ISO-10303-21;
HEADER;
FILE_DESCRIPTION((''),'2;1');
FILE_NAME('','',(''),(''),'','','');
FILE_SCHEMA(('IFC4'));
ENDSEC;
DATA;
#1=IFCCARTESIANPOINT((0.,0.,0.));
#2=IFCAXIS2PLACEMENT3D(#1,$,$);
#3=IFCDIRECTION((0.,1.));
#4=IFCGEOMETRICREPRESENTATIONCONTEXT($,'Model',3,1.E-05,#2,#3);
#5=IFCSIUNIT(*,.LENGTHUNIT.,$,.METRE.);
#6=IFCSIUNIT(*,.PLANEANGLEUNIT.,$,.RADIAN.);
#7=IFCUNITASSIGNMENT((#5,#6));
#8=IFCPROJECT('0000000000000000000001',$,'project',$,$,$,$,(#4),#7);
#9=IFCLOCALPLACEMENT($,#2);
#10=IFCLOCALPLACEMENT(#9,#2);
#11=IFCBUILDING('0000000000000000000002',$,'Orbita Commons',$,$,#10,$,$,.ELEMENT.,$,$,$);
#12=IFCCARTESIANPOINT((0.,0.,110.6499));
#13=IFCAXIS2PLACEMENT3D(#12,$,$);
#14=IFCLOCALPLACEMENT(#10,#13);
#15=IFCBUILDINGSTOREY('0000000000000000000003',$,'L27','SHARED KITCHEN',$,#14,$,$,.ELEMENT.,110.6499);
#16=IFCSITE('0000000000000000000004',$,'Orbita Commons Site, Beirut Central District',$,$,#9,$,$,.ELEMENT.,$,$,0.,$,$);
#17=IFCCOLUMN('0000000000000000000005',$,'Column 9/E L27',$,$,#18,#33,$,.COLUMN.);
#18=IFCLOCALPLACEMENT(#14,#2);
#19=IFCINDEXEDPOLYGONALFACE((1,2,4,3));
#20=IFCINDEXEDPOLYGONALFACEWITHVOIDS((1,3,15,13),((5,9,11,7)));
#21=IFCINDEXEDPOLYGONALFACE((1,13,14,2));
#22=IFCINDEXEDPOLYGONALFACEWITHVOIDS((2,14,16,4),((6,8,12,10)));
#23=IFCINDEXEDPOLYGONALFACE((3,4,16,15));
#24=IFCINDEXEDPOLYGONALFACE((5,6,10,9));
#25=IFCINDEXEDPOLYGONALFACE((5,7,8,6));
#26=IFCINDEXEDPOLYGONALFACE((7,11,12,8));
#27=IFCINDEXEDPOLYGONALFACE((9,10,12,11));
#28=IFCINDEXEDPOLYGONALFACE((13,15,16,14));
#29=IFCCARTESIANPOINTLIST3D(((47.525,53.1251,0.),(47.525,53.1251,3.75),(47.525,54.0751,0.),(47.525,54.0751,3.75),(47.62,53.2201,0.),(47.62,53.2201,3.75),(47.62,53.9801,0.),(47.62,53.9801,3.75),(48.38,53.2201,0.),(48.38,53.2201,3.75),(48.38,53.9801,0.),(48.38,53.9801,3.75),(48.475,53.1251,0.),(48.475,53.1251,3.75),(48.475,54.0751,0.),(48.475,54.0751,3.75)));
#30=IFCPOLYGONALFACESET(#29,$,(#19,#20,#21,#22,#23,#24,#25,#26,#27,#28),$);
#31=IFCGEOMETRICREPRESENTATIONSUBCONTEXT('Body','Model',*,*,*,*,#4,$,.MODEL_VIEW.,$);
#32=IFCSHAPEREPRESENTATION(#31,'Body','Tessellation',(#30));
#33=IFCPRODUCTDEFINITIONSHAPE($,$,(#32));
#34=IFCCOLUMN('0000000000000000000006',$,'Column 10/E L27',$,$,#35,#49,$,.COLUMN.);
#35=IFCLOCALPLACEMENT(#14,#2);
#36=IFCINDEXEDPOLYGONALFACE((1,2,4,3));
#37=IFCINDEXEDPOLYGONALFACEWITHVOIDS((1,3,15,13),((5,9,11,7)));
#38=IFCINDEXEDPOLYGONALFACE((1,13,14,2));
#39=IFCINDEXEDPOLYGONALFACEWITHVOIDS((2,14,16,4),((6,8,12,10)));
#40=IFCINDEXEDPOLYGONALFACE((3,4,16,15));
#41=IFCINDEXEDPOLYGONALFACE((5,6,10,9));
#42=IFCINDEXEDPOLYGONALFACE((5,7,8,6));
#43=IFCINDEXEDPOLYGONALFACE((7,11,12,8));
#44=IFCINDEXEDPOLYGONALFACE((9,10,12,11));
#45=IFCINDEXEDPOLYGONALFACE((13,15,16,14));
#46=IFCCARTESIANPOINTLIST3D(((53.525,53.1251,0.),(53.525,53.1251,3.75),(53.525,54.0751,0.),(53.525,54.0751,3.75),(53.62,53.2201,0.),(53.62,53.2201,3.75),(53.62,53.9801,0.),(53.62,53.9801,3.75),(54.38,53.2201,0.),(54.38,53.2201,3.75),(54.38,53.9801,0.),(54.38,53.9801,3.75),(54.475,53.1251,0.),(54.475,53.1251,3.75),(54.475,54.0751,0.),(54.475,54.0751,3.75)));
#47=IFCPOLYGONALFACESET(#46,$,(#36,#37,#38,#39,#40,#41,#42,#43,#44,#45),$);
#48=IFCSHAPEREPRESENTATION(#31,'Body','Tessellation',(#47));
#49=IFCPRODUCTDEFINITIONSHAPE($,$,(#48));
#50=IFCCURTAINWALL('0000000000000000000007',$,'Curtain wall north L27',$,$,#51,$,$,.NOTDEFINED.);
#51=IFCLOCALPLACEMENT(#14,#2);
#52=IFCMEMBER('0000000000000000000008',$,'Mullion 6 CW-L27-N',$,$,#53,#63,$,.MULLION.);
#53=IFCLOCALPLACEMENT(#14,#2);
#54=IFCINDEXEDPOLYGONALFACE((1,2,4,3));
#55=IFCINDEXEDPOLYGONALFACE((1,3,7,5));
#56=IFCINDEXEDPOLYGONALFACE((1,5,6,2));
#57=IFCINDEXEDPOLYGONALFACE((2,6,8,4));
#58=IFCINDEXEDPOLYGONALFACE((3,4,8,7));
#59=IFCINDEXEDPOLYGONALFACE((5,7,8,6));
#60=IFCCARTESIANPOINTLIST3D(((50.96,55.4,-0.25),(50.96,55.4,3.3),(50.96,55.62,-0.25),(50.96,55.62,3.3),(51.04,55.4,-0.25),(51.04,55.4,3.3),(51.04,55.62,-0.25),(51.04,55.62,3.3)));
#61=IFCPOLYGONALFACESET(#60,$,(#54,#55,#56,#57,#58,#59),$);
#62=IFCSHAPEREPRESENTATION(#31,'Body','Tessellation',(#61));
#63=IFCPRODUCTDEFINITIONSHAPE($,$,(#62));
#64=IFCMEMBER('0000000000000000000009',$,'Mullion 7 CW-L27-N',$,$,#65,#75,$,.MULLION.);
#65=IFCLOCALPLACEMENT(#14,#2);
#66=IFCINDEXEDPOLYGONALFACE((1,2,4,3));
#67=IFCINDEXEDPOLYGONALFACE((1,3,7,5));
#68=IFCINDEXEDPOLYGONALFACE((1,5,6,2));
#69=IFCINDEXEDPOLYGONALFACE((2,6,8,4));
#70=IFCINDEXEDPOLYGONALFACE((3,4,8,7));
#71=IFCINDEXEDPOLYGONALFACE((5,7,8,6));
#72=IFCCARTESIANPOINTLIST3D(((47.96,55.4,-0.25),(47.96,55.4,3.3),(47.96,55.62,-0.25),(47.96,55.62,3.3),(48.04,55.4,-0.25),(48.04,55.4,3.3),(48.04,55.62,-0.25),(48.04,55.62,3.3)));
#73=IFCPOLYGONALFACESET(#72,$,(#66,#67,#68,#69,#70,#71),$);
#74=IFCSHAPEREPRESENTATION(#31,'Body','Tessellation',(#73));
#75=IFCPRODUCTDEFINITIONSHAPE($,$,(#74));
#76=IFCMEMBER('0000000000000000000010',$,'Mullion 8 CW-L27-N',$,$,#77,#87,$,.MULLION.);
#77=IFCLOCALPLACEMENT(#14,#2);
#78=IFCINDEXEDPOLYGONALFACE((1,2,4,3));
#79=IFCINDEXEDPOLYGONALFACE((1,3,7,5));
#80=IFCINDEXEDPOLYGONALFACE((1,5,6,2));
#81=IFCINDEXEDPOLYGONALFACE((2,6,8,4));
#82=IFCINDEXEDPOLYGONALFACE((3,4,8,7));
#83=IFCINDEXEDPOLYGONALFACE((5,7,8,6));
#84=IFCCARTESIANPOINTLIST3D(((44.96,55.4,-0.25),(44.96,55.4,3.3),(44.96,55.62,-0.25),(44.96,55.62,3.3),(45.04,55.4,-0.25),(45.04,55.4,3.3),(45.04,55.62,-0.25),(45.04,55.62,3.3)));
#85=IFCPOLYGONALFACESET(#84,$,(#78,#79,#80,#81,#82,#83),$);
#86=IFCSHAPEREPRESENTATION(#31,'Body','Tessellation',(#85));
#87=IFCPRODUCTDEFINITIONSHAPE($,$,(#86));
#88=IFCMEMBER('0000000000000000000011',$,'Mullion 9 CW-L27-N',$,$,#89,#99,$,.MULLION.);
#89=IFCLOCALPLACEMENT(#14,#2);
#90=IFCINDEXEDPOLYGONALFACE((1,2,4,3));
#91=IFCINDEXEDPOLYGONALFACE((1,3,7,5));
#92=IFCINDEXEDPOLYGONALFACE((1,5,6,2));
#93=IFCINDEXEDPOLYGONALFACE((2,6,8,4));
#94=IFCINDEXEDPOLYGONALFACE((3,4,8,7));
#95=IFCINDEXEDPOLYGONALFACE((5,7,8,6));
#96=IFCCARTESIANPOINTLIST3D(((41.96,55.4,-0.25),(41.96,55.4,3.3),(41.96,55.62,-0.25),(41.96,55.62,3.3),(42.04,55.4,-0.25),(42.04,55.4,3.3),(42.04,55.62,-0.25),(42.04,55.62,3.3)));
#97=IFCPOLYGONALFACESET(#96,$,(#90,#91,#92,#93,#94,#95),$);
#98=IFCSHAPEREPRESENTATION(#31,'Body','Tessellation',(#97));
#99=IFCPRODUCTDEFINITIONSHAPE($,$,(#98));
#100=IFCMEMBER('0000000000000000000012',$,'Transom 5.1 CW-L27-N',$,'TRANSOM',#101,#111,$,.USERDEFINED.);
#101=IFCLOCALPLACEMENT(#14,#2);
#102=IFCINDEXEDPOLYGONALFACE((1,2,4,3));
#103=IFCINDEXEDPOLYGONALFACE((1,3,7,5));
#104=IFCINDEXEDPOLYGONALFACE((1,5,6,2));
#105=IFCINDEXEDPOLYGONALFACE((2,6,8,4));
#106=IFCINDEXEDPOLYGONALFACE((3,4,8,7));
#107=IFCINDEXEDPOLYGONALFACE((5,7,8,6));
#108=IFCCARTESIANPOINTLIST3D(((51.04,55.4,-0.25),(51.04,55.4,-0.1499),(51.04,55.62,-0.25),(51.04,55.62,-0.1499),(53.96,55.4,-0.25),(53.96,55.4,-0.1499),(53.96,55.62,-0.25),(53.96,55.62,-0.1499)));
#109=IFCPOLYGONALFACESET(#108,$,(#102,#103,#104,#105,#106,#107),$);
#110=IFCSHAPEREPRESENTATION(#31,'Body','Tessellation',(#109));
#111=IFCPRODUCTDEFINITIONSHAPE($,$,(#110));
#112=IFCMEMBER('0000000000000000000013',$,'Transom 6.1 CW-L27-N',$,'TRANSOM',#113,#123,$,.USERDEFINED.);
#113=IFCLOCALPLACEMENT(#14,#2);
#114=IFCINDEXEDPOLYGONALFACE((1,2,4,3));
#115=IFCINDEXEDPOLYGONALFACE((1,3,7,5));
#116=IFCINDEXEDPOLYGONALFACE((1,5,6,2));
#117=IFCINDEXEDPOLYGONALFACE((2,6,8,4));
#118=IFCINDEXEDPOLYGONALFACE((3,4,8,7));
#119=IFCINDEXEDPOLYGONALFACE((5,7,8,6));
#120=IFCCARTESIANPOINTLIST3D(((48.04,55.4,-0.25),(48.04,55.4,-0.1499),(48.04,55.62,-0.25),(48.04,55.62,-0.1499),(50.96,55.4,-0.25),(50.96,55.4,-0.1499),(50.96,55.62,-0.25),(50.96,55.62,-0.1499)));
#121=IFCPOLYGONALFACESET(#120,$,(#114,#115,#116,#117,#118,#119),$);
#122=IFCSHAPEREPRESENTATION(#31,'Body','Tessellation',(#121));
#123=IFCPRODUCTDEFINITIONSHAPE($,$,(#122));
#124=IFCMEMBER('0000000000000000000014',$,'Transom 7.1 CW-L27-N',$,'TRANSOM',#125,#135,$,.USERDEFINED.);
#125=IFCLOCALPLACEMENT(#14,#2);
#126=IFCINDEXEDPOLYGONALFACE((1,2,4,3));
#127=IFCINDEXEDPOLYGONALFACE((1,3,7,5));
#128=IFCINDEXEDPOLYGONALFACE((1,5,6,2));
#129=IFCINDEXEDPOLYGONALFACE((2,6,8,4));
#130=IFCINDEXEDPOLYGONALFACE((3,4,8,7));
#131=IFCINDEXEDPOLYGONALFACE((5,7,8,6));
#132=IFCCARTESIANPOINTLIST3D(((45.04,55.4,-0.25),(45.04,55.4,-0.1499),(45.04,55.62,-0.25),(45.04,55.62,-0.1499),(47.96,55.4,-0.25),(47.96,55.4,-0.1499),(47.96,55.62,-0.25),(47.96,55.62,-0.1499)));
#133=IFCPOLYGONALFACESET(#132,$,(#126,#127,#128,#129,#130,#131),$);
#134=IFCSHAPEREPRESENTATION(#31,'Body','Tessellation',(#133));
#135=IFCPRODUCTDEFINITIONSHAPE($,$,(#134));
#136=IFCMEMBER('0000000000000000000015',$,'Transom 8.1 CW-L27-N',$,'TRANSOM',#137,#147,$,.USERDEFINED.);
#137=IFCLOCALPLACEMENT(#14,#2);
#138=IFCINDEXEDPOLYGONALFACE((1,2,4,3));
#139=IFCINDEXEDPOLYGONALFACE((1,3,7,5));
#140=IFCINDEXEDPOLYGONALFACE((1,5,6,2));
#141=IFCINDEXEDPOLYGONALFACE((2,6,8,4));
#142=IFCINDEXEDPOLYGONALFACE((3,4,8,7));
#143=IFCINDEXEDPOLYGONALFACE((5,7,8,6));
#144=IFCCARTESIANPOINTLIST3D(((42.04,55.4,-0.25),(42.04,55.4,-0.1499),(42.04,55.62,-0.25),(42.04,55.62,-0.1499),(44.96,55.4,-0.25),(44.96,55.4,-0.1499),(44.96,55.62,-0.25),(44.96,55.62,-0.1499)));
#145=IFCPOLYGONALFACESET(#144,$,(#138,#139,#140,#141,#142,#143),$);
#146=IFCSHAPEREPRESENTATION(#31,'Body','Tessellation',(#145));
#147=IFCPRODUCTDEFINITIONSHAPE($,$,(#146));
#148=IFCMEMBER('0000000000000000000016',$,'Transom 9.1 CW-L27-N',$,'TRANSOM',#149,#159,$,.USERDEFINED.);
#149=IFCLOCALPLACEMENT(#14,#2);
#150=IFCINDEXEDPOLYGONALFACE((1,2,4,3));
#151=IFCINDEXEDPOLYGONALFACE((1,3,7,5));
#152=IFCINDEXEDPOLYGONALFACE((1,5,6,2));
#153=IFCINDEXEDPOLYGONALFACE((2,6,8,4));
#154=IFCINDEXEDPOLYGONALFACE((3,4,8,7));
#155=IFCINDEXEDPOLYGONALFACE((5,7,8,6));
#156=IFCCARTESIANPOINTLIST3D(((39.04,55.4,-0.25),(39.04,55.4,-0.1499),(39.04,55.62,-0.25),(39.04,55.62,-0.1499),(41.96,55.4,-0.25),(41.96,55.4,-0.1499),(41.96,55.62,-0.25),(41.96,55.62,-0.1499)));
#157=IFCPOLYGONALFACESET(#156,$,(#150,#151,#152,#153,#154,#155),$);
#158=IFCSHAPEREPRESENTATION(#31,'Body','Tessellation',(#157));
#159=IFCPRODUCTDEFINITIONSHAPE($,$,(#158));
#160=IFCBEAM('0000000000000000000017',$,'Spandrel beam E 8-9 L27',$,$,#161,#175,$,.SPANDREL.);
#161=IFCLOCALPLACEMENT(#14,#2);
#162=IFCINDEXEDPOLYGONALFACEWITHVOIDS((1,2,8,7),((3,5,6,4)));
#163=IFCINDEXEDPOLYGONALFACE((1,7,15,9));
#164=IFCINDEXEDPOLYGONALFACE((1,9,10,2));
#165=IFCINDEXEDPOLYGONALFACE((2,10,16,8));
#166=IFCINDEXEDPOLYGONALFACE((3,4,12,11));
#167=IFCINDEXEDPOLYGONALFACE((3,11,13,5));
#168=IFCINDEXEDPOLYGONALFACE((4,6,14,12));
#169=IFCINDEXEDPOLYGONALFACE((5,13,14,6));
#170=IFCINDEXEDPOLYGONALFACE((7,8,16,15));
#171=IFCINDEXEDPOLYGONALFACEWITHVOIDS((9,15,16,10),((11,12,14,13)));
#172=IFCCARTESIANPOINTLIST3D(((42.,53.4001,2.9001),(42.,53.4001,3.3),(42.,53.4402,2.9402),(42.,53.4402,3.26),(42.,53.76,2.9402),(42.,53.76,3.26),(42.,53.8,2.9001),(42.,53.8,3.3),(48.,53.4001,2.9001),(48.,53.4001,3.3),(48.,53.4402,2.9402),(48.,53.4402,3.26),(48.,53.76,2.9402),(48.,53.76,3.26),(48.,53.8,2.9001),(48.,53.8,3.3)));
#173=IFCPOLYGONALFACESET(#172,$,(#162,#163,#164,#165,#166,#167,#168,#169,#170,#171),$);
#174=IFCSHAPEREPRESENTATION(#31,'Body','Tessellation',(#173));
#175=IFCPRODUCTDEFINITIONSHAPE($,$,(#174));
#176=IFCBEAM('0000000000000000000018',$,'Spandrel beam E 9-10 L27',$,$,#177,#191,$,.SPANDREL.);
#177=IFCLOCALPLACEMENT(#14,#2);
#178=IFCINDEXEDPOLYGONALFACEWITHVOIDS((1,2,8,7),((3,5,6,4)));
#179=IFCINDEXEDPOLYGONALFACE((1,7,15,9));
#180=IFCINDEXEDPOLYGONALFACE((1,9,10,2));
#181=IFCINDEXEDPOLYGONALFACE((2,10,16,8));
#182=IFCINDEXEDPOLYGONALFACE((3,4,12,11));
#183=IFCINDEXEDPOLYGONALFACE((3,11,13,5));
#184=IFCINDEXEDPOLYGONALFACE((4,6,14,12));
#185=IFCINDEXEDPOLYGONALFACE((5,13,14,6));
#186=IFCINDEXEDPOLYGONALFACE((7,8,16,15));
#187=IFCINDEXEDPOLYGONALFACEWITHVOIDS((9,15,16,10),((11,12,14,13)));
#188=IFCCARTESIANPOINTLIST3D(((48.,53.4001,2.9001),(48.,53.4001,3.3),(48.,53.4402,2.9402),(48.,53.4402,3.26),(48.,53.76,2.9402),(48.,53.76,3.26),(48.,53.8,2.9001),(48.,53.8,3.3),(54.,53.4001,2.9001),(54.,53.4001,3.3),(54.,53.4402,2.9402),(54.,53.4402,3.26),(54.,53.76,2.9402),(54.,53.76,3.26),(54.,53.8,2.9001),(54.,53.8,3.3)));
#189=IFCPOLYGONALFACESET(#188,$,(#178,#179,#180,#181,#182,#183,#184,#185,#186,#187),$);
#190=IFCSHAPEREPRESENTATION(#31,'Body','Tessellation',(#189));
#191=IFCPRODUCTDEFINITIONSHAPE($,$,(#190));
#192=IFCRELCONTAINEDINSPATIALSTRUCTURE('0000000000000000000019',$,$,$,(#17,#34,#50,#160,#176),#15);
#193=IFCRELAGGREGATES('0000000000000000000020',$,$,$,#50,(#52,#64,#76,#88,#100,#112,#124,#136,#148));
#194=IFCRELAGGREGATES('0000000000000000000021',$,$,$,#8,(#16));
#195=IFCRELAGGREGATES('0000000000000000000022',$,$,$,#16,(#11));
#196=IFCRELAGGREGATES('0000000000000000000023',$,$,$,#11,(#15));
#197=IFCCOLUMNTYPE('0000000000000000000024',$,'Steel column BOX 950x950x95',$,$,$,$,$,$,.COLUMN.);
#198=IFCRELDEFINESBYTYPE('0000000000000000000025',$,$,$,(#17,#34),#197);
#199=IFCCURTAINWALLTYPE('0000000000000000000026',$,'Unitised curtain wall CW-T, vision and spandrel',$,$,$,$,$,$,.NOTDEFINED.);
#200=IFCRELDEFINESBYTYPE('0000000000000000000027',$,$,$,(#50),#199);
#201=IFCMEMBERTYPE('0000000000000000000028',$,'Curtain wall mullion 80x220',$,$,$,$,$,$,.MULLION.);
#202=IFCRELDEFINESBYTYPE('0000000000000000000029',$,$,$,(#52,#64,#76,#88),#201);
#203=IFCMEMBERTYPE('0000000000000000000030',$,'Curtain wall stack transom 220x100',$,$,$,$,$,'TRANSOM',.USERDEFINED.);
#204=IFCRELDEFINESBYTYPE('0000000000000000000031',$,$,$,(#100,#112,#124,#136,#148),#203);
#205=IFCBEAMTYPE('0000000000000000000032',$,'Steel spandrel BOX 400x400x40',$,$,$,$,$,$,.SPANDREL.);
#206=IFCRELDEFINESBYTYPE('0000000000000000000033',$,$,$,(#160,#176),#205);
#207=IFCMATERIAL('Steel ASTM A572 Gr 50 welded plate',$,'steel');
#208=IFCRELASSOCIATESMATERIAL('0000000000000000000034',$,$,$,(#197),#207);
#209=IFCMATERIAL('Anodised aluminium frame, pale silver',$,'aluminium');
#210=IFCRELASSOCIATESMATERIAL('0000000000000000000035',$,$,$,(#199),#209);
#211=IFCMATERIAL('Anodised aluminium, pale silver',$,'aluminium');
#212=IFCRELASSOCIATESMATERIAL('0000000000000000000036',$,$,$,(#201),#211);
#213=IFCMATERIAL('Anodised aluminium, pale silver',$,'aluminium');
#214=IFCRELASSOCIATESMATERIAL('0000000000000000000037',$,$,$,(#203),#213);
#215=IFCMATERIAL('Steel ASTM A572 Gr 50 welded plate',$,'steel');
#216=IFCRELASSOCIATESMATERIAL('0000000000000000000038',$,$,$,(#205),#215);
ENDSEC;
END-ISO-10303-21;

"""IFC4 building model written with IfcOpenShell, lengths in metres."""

from ifc_helpers import new_model, si_unit, direction, frame, origin, origin_2d, place, context, subcontext, project, spatial, rectangle, hollow_rectangle, extrude, material, material_profile, profile_set, type_object, element, aggregate, save


model = new_model("IFC4")

# Units and contexts
model_context = context("Model", 3, precision=1e-05, world=origin(), true_north=direction((0.0, 1.0)))
body_context = subcontext(model_context, "Body", "Model", "MODEL_VIEW")
ifc_project = project(units=[si_unit("LENGTHUNIT", "METRE"), si_unit("PLANEANGLEUNIT", "RADIAN")], contexts=[model_context])

# Site, building, storey
site_placement = place(None, origin())
site = spatial("IfcSite", under=ifc_project, at=site_placement, Name="Orbita Commons Site, Beirut Central District", CompositionType="ELEMENT", RefElevation=0.0)
building_placement = place(site_placement, origin())
building = spatial("IfcBuilding", under=site, at=building_placement, Name="Orbita Commons", CompositionType="ELEMENT")
storey_placement = place(building_placement, frame((0.0, 0.0, 110.6499)))
storey = spatial("IfcBuildingStorey", under=building, at=storey_placement, Name="L27", Description="SHARED KITCHEN", CompositionType="ELEMENT", Elevation=110.6499)

# Columns
ifc_material_1 = material(Name="Steel ASTM A572 Gr 50 welded plate", Category="steel")
ifc_material_profile_1 = material_profile(ifc_material_1, hollow_rectangle(XDim=0.95, YDim=0.95, WallThickness=0.095, at=origin_2d()), Name="BOX 950x950x95")
ifc_profile_set_1 = profile_set([ifc_material_profile_1], Name="Steel ASTM A572 Gr 50 welded plate")
column_type = type_object("IfcColumnType", Name="Steel column BOX 950x950x95", PredefinedType="COLUMN", material=ifc_profile_set_1)
for number, where, z_axis, x_axis, name in (
    (1, (48.0, 53.6001, 0.0), (0.0, 0.0, 1.0), (1.0, 0.0, 0.0), "Column 9/E L27"),
    (2, (54.0, 53.6001, 0.0), (0.0, 0.0, 1.0), (1.0, 0.0, 0.0), "Column 10/E L27"),
):
    element("IfcColumn", number, at=place(storey_placement, frame(where, z_axis=z_axis, x_axis=x_axis)), inside=storey, type_object=column_type, Name=name, PredefinedType="COLUMN", context=body_context, shape_type="SweptSolid", body=[
        extrude(hollow_rectangle(XDim=0.95, YDim=0.95, WallThickness=0.095, at=origin_2d()), origin(), (0.0, 0.0, 1.0), 3.75),
    ])

# Curtain wall, members
ifc_material_2 = material(Name="Anodised aluminium frame, pale silver", Category="aluminium")
curtain_wall_type = type_object("IfcCurtainWallType", Name="Unitised curtain wall CW-T, vision and spandrel", PredefinedType="NOTDEFINED", material=ifc_material_2)
curtain_wall_placement = place(storey_placement, origin())
curtain_wall = element("IfcCurtainWall", 3, at=curtain_wall_placement, inside=storey, type_object=curtain_wall_type, Name="Curtain wall north L27", PredefinedType="NOTDEFINED")
ifc_material_3 = material(Name="Anodised aluminium, pale silver", Category="aluminium")
ifc_material_profile_2 = material_profile(ifc_material_3, rectangle(XDim=0.0801, YDim=0.22, at=origin_2d()), Name="AL 80x220")
ifc_profile_set_2 = profile_set([ifc_material_profile_2], Name="Anodised aluminium, pale silver")
member_type_1 = type_object("IfcMemberType", Name="Curtain wall mullion 80x220", PredefinedType="MULLION", material=ifc_profile_set_2)
member_1_placement = place(storey_placement, frame((51.0, 55.51, -0.25), z_axis=(0.0, 0.0, 1.0), x_axis=(-1.0, 0.0, 0.0)))
member_1 = element("IfcMember", 4, at=member_1_placement, type_object=member_type_1, Name="Mullion 6 CW-L27-N", PredefinedType="MULLION", context=body_context, shape_type="SweptSolid", body=[
    extrude(rectangle(XDim=0.0801, YDim=0.22, at=origin_2d()), origin(), (0.0, 0.0, 1.0), 3.55),
])
member_2_placement = place(storey_placement, frame((48.0, 55.51, -0.25), z_axis=(0.0, 0.0, 1.0), x_axis=(-1.0, 0.0, 0.0)))
member_2 = element("IfcMember", 5, at=member_2_placement, type_object=member_type_1, Name="Mullion 7 CW-L27-N", PredefinedType="MULLION", context=body_context, shape_type="SweptSolid", body=[
    extrude(rectangle(XDim=0.0801, YDim=0.22, at=origin_2d()), origin(), (0.0, 0.0, 1.0), 3.55),
])
member_3_placement = place(storey_placement, frame((45.0, 55.51, -0.25), z_axis=(0.0, 0.0, 1.0), x_axis=(-1.0, 0.0, 0.0)))
member_3 = element("IfcMember", 6, at=member_3_placement, type_object=member_type_1, Name="Mullion 8 CW-L27-N", PredefinedType="MULLION", context=body_context, shape_type="SweptSolid", body=[
    extrude(rectangle(XDim=0.0801, YDim=0.22, at=origin_2d()), origin(), (0.0, 0.0, 1.0), 3.55),
])
member_4_placement = place(storey_placement, frame((42.0, 55.51, -0.25), z_axis=(0.0, 0.0, 1.0), x_axis=(-1.0, 0.0, 0.0)))
member_4 = element("IfcMember", 7, at=member_4_placement, type_object=member_type_1, Name="Mullion 9 CW-L27-N", PredefinedType="MULLION", context=body_context, shape_type="SweptSolid", body=[
    extrude(rectangle(XDim=0.0801, YDim=0.22, at=origin_2d()), origin(), (0.0, 0.0, 1.0), 3.55),
])
ifc_material_4 = material(Name="Anodised aluminium, pale silver", Category="aluminium")
ifc_material_profile_3 = material_profile(ifc_material_4, rectangle(XDim=0.22, YDim=0.1001, at=origin_2d()), Name="AL 220x100")
ifc_profile_set_3 = profile_set([ifc_material_profile_3], Name="Anodised aluminium, pale silver")
member_type_2 = type_object("IfcMemberType", Name="Curtain wall stack transom 220x100", ElementType="TRANSOM", PredefinedType="USERDEFINED", material=ifc_profile_set_3)
member_5_placement = place(storey_placement, frame((53.96, 55.51, -0.2), z_axis=(-1.0, 0.0, 0.0), x_axis=(0.0, -1.0, 0.0)))
member_5 = element("IfcMember", 8, at=member_5_placement, type_object=member_type_2, Name="Transom 5.1 CW-L27-N", ObjectType="TRANSOM", PredefinedType="USERDEFINED", context=body_context, shape_type="SweptSolid", body=[
    extrude(rectangle(XDim=0.22, YDim=0.1001, at=origin_2d()), origin(), (0.0, 0.0, 1.0), 2.9199),
])
member_6_placement = place(storey_placement, frame((50.96, 55.51, -0.2), z_axis=(-1.0, 0.0, 0.0), x_axis=(0.0, -1.0, 0.0)))
member_6 = element("IfcMember", 9, at=member_6_placement, type_object=member_type_2, Name="Transom 6.1 CW-L27-N", ObjectType="TRANSOM", PredefinedType="USERDEFINED", context=body_context, shape_type="SweptSolid", body=[
    extrude(rectangle(XDim=0.22, YDim=0.1001, at=origin_2d()), origin(), (0.0, 0.0, 1.0), 2.9199),
])
member_7_placement = place(storey_placement, frame((47.96, 55.51, -0.2), z_axis=(-1.0, 0.0, 0.0), x_axis=(0.0, -1.0, 0.0)))
member_7 = element("IfcMember", 10, at=member_7_placement, type_object=member_type_2, Name="Transom 7.1 CW-L27-N", ObjectType="TRANSOM", PredefinedType="USERDEFINED", context=body_context, shape_type="SweptSolid", body=[
    extrude(rectangle(XDim=0.22, YDim=0.1001, at=origin_2d()), origin(), (0.0, 0.0, 1.0), 2.9199),
])
member_8_placement = place(storey_placement, frame((44.96, 55.51, -0.2), z_axis=(-1.0, 0.0, 0.0), x_axis=(0.0, -1.0, 0.0)))
member_8 = element("IfcMember", 11, at=member_8_placement, type_object=member_type_2, Name="Transom 8.1 CW-L27-N", ObjectType="TRANSOM", PredefinedType="USERDEFINED", context=body_context, shape_type="SweptSolid", body=[
    extrude(rectangle(XDim=0.22, YDim=0.1001, at=origin_2d()), origin(), (0.0, 0.0, 1.0), 2.9199),
])
member_9_placement = place(storey_placement, frame((41.96, 55.51, -0.2), z_axis=(-1.0, 0.0, 0.0), x_axis=(0.0, -1.0, 0.0)))
member_9 = element("IfcMember", 12, at=member_9_placement, type_object=member_type_2, Name="Transom 9.1 CW-L27-N", ObjectType="TRANSOM", PredefinedType="USERDEFINED", context=body_context, shape_type="SweptSolid", body=[
    extrude(rectangle(XDim=0.22, YDim=0.1001, at=origin_2d()), origin(), (0.0, 0.0, 1.0), 2.9199),
])

# Beams
ifc_material_5 = material(Name="Steel ASTM A572 Gr 50 welded plate", Category="steel")
ifc_material_profile_4 = material_profile(ifc_material_5, hollow_rectangle(XDim=0.3999, YDim=0.3999, WallThickness=0.04, at=origin_2d()), Name="BOX 400x400x40")
ifc_profile_set_4 = profile_set([ifc_material_profile_4], Name="Steel ASTM A572 Gr 50 welded plate")
beam_type = type_object("IfcBeamType", Name="Steel spandrel BOX 400x400x40", PredefinedType="SPANDREL", material=ifc_profile_set_4)
for number, where, z_axis, x_axis, name in (
    (13, (42.0, 53.6001, 3.1001), (1.0, 0.0, 0.0), (0.0, 1.0, 0.0), "Spandrel beam E 8-9 L27"),
    (14, (48.0, 53.6001, 3.1001), (1.0, 0.0, 0.0), (0.0, 1.0, 0.0), "Spandrel beam E 9-10 L27"),
):
    element("IfcBeam", number, at=place(storey_placement, frame(where, z_axis=z_axis, x_axis=x_axis)), inside=storey, type_object=beam_type, Name=name, PredefinedType="SPANDREL", context=body_context, shape_type="SweptSolid", body=[
        extrude(hollow_rectangle(XDim=0.3999, YDim=0.3999, WallThickness=0.04, at=origin_2d()), origin(), (0.0, 0.0, 1.0), 6.0),
    ])

aggregate(curtain_wall, [member_1, member_2, member_3, member_4, member_5, member_6, member_7, member_8, member_9])

save(model, "model.ifc")
